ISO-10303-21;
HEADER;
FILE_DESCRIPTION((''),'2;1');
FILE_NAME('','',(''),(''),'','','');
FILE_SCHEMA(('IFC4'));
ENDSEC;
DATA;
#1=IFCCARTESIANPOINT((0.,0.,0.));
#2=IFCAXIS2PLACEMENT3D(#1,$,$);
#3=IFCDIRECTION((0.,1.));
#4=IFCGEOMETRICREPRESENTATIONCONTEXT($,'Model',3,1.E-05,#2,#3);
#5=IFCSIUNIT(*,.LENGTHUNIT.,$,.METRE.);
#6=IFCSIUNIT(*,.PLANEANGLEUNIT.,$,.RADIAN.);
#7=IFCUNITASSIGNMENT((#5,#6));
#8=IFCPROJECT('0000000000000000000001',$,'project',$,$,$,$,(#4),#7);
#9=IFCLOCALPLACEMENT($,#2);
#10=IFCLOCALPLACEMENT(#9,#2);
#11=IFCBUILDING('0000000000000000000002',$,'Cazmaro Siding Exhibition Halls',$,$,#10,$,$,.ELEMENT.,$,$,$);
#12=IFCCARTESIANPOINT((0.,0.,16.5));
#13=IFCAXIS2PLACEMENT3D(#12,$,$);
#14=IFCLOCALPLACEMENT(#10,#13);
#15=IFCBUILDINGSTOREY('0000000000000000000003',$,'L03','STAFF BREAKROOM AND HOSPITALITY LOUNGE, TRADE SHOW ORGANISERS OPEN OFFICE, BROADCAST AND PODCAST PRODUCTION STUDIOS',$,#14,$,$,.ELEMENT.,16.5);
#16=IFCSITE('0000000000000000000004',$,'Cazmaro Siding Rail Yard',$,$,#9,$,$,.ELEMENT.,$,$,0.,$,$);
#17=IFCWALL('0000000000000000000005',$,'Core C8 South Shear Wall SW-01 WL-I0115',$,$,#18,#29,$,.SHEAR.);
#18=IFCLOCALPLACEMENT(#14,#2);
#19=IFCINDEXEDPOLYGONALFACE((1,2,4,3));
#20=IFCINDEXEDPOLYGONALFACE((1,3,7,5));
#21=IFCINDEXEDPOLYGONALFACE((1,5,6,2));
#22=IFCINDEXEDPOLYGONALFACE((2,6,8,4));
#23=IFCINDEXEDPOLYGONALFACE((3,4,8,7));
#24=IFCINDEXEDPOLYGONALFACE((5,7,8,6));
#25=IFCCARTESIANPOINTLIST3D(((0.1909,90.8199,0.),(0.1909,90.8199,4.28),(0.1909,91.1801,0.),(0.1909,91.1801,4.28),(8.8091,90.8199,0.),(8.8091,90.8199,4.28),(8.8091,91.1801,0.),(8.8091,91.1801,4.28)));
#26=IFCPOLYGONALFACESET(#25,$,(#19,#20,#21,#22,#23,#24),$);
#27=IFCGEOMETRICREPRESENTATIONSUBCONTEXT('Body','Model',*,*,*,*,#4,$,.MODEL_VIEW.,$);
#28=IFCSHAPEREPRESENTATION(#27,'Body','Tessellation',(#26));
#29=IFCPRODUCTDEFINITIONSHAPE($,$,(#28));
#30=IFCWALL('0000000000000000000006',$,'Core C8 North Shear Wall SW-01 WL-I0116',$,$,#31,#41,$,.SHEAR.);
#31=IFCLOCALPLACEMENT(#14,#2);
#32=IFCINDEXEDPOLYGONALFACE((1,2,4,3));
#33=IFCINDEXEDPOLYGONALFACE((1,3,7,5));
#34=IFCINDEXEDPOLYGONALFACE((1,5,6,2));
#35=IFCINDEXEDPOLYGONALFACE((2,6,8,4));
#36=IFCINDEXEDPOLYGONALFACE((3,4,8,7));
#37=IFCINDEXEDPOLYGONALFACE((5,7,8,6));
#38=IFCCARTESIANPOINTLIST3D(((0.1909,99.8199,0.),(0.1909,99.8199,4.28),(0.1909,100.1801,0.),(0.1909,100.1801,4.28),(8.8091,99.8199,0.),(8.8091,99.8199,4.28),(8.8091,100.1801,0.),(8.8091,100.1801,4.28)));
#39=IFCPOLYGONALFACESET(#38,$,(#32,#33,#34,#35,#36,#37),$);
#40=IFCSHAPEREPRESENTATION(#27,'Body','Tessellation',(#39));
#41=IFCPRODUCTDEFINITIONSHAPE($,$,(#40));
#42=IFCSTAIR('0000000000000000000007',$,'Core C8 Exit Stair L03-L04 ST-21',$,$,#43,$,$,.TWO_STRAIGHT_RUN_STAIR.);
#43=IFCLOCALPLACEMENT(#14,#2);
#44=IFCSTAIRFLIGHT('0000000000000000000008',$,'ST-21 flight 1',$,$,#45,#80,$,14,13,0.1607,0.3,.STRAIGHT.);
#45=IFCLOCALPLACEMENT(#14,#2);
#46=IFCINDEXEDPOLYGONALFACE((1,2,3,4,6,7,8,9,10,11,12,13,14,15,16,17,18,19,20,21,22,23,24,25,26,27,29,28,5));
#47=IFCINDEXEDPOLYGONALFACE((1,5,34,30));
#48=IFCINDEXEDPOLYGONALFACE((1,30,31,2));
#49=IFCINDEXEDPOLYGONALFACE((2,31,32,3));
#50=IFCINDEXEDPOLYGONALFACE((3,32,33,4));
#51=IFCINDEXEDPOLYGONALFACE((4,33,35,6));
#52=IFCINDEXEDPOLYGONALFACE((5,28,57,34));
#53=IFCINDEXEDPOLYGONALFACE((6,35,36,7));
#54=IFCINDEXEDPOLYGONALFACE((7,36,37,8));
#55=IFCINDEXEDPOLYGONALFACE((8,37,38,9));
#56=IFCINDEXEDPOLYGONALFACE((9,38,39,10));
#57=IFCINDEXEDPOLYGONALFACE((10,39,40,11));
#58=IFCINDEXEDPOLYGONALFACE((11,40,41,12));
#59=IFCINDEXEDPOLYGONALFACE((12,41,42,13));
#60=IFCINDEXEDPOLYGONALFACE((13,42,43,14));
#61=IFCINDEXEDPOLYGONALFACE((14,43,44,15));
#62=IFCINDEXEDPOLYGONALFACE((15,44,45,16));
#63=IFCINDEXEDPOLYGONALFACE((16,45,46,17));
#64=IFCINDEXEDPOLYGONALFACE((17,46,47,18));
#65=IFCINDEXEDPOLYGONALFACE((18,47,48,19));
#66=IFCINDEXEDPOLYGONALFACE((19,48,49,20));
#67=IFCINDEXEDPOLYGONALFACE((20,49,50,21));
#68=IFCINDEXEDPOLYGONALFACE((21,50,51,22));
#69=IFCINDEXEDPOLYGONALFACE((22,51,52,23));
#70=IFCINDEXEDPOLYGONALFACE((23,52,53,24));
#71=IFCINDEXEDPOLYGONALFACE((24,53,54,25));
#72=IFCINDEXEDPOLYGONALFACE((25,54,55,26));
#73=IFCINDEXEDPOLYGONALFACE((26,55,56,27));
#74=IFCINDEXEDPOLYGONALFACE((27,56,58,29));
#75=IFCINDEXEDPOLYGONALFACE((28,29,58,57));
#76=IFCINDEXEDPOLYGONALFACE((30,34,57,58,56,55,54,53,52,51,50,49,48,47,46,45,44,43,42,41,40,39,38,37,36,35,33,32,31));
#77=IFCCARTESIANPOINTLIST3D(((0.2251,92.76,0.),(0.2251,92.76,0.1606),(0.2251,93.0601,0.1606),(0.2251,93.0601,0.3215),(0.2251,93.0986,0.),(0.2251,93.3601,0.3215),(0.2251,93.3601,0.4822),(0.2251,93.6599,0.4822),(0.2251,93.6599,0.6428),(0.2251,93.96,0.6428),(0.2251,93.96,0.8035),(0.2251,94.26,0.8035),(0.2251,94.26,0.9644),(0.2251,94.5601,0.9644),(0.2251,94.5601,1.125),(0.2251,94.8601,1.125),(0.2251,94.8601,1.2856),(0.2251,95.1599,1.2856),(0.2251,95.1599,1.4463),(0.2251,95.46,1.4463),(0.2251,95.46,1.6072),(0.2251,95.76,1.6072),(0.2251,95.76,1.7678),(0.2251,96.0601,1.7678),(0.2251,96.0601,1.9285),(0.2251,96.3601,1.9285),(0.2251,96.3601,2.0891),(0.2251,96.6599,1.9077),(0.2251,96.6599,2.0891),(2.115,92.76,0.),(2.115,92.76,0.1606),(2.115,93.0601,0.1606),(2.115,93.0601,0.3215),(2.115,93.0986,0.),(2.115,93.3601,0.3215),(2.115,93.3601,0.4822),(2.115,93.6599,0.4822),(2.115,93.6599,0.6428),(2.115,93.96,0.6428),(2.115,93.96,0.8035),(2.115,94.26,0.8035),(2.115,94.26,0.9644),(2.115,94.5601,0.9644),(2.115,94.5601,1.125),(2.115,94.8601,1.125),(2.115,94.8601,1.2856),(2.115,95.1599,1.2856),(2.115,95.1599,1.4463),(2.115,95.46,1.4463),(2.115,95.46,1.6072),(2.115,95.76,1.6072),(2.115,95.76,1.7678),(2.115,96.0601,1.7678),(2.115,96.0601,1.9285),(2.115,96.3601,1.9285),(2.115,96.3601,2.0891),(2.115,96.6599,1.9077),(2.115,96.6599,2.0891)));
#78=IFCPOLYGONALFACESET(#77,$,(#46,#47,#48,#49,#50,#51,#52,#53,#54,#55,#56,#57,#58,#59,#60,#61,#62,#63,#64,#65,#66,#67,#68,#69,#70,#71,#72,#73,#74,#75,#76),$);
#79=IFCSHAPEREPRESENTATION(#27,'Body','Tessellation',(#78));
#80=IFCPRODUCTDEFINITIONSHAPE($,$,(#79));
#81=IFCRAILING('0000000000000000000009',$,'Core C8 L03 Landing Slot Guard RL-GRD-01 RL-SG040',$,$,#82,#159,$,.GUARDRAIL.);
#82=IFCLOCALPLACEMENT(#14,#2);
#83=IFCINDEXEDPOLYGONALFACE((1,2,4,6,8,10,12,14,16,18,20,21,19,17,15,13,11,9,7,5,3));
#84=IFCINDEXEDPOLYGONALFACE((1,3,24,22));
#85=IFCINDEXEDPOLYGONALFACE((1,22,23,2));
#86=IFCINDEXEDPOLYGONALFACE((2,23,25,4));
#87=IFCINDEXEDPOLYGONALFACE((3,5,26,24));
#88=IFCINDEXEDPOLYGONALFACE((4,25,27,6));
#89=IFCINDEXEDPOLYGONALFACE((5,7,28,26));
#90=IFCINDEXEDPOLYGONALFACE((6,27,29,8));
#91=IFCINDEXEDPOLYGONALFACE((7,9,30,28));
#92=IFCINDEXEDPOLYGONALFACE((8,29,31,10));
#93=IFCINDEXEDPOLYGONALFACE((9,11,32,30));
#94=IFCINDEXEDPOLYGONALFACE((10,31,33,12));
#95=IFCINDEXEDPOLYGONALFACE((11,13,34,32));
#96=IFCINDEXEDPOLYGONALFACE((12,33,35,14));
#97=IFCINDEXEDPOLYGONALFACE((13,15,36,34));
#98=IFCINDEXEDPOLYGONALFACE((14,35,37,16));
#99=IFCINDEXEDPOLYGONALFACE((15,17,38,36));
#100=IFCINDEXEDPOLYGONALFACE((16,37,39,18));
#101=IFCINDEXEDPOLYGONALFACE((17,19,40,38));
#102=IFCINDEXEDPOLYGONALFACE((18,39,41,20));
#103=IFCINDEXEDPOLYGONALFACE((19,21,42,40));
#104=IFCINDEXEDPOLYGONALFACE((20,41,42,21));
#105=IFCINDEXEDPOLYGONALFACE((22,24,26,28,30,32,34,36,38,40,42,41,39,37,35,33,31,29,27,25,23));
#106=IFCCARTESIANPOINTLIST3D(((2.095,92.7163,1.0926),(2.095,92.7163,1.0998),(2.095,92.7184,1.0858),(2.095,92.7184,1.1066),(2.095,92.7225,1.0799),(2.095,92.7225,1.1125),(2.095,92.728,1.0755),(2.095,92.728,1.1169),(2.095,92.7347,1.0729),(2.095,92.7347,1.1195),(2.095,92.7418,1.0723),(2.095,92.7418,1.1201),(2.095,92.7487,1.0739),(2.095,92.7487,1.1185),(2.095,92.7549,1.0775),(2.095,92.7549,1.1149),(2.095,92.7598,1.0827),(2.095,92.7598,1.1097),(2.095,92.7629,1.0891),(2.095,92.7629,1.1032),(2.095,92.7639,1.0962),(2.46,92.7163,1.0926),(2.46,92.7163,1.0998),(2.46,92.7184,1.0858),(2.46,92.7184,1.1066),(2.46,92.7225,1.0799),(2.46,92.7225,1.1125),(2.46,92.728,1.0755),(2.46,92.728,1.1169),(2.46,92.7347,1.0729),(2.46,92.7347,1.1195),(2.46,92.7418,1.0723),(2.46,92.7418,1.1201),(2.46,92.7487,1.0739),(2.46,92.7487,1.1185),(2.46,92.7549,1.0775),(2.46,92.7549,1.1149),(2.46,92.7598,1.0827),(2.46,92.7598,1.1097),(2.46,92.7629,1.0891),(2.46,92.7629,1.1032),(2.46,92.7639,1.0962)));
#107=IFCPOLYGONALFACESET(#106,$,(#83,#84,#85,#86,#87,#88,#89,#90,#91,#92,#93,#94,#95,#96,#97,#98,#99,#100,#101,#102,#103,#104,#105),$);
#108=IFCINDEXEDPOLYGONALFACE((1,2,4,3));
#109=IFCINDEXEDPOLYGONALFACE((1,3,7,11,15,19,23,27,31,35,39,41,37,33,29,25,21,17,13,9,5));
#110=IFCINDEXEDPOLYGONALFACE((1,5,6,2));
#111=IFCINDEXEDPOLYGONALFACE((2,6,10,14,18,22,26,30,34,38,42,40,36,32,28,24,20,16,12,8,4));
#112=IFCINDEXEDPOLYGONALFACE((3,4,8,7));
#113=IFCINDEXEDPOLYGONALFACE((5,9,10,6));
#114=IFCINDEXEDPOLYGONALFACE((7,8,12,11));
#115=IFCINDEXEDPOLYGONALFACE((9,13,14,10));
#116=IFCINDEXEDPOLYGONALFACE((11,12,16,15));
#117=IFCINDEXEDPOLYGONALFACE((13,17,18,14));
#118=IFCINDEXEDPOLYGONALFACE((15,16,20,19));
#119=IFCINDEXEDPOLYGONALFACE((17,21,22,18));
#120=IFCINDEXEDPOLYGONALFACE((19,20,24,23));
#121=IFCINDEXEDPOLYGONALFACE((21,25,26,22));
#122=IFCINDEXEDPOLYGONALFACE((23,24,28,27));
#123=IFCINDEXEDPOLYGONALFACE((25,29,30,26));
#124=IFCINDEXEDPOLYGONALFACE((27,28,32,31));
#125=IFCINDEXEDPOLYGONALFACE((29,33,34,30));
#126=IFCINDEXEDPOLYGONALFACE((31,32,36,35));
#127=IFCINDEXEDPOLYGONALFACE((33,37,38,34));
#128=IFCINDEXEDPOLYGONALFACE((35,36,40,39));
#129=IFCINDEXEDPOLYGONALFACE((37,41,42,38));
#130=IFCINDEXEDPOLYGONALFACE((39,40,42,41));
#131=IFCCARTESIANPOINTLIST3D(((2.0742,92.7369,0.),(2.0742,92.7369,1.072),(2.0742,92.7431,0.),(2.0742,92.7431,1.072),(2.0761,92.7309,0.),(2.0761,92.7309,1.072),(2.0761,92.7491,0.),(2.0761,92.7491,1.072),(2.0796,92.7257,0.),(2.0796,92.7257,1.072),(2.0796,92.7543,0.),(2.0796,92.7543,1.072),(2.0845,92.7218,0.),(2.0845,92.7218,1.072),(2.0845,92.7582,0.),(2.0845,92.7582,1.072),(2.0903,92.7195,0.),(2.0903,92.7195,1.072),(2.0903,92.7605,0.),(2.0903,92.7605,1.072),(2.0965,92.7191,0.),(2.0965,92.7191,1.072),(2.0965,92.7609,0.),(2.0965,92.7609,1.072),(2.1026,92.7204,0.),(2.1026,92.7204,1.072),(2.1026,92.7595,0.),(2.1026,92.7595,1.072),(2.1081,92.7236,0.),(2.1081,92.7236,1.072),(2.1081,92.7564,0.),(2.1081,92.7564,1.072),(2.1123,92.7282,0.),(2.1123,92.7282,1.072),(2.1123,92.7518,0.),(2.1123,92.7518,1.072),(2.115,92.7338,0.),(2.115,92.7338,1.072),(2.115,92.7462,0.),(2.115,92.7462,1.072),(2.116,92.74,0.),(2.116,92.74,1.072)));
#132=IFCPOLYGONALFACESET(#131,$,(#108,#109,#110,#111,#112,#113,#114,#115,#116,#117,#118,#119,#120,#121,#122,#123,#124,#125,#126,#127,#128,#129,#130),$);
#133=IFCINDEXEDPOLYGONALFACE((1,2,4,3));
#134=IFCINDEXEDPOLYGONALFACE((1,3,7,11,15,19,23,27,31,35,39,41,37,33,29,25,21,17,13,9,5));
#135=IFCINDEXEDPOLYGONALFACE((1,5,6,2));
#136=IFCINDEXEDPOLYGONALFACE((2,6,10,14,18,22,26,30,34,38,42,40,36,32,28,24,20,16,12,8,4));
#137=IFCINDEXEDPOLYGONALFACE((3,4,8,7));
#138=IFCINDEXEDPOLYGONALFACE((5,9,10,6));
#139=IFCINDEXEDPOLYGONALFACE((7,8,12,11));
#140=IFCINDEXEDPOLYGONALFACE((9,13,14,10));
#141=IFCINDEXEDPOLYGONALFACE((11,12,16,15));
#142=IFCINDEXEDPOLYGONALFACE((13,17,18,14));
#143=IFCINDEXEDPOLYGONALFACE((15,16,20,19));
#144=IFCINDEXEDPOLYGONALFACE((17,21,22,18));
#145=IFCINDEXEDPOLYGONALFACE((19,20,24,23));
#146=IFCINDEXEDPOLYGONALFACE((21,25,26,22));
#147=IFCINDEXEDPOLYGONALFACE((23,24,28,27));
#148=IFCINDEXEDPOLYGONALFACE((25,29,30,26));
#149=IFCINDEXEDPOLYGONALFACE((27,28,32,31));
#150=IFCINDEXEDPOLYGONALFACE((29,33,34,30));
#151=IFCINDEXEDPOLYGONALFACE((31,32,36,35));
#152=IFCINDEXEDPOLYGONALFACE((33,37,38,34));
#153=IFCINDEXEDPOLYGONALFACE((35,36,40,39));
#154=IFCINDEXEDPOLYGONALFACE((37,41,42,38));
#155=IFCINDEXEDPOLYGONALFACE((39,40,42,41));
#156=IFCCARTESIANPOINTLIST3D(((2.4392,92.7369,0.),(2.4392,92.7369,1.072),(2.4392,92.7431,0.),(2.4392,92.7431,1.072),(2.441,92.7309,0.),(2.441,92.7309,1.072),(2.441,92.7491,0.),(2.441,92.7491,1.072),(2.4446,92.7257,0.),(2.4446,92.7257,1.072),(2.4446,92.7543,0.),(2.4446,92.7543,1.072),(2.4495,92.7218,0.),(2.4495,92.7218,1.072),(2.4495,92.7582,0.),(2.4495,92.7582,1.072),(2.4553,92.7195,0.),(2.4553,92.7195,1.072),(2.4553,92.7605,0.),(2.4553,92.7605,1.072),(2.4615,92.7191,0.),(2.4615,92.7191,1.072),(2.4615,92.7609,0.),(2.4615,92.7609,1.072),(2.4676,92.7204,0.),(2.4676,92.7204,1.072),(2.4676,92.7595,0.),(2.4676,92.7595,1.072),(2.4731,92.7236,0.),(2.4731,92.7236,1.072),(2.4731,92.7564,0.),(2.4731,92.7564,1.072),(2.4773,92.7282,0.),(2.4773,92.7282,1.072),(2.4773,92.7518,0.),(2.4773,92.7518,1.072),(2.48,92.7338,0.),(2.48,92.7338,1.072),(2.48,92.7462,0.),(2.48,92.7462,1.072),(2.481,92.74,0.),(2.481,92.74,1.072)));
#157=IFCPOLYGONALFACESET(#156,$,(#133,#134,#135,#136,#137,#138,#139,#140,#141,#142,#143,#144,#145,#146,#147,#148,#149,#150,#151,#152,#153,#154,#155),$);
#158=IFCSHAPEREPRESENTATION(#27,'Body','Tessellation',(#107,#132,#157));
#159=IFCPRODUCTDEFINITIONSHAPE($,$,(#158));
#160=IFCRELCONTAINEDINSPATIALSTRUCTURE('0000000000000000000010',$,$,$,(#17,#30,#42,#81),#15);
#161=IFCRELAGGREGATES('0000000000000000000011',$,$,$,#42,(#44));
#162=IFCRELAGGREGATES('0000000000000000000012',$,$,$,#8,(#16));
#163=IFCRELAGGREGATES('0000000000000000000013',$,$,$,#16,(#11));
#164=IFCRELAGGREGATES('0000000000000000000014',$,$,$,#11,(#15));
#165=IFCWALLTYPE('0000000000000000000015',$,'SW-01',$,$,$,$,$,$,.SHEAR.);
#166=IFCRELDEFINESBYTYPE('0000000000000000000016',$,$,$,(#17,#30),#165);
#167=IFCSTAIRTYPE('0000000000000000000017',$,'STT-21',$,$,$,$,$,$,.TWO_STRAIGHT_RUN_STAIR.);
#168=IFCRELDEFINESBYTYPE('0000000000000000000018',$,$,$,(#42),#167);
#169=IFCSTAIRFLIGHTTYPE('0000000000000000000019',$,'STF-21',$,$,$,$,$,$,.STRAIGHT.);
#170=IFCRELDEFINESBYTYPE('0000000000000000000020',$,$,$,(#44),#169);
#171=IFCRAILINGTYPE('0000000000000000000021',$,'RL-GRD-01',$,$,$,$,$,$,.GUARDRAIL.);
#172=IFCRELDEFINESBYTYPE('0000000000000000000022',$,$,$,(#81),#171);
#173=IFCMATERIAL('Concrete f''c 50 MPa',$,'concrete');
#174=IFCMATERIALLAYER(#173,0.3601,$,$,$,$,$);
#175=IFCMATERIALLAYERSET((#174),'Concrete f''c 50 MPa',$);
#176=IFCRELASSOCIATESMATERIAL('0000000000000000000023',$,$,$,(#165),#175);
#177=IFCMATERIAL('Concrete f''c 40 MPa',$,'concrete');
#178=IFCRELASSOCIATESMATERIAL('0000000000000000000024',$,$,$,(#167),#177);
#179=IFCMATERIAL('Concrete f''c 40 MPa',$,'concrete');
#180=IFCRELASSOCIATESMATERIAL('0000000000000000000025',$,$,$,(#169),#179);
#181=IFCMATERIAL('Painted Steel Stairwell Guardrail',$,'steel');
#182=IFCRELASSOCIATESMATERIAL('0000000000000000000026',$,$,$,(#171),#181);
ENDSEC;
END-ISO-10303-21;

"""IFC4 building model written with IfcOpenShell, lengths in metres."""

from ifc_helpers import new_model, si_unit, direction, frame, frame_2d, origin, origin_2d, place, context, subcontext, project, spatial, polyline, rectangle, circle, outline, extrude, material, layer, layer_set, type_object, element, aggregate, save


model = new_model("IFC4")

# Units and contexts
model_context = context("Model", 3, precision=1e-05, world=origin(), true_north=direction((0.0, 1.0)))
body_context = subcontext(model_context, "Body", "Model", "MODEL_VIEW")
ifc_project = project(units=[si_unit("LENGTHUNIT", "METRE"), si_unit("PLANEANGLEUNIT", "RADIAN")], contexts=[model_context])

# Site, building, storey
site_placement = place(None, origin())
site = spatial("IfcSite", under=ifc_project, at=site_placement, Name="Cazmaro Siding Rail Yard", CompositionType="ELEMENT", RefElevation=0.0)
building_placement = place(site_placement, origin())
building = spatial("IfcBuilding", under=site, at=building_placement, Name="Cazmaro Siding Exhibition Halls", CompositionType="ELEMENT")
storey_placement = place(building_placement, frame((0.0, 0.0, 16.5)))
storey = spatial("IfcBuildingStorey", under=building, at=storey_placement, Name="L03", Description="STAFF BREAKROOM AND HOSPITALITY LOUNGE, TRADE SHOW ORGANISERS OPEN OFFICE, BROADCAST AND PODCAST PRODUCTION STUDIOS", CompositionType="ELEMENT", Elevation=16.5)

# Walls
ifc_material_1 = material(Name="Concrete f'c 50 MPa", Category="concrete")
ifc_layer_1 = layer(ifc_material_1, 0.3601)
ifc_layer_set_1 = layer_set([ifc_layer_1], Name="Concrete f'c 50 MPa")
wall_type_1 = type_object("IfcWallType", Name="SW-01", PredefinedType="SHEAR", material=ifc_layer_set_1)
for number, where, z_axis, x_axis, name in (
    (1, (0.1909, 91.0, 0.0), (0.0, 0.0, 1.0), (1.0, 0.0, 0.0), "Core C8 South Shear Wall SW-01 WL-I0115"),
    (2, (0.1909, 100.0, 0.0), (0.0, 0.0, 1.0), (1.0, 0.0, 0.0), "Core C8 North Shear Wall SW-01 WL-I0116"),
):
    element("IfcWall", number, at=place(storey_placement, frame(where, z_axis=z_axis, x_axis=x_axis)), inside=storey, type_object=wall_type_1, Name=name, PredefinedType="SHEAR", context=body_context, shape_type="SweptSolid", body=[
        extrude(rectangle(XDim=8.6182, YDim=0.3601, at=frame_2d((4.3091, 0.0))), origin(), (0.0, 0.0, 1.0), 4.28),
    ])

# Stair, stair flight
ifc_material_2 = material(Name="Concrete f'c 40 MPa", Category="concrete")
stair_type = type_object("IfcStairType", Name="STT-21", PredefinedType="TWO_STRAIGHT_RUN_STAIR", material=ifc_material_2)
stair_placement = place(storey_placement, origin())
stair = element("IfcStair", 3, at=stair_placement, inside=storey, type_object=stair_type, Name="Core C8 Exit Stair L03-L04 ST-21", PredefinedType="TWO_STRAIGHT_RUN_STAIR")
ifc_material_3 = material(Name="Concrete f'c 40 MPa", Category="concrete")
stair_flight_type = type_object("IfcStairFlightType", Name="STF-21", PredefinedType="STRAIGHT", material=ifc_material_3)
stair_flight_placement = place(storey_placement, frame((1.1699, 92.76, 0.0), z_axis=(0.0, 0.0, 1.0), x_axis=(0.0, 1.0, 0.0)))
stair_flight = element("IfcStairFlight", 4, at=stair_flight_placement, type_object=stair_flight_type, Name="ST-21 flight 1", NumberOfRisers=14, NumberOfTreads=13, PredefinedType="STRAIGHT", RiserHeight=0.1607, TreadLength=0.3, context=body_context, shape_type="SweptSolid", body=[
    extrude(outline(polyline([(0.0, 0.0), (0.0, 0.1606), (0.3, 0.1606), (0.3, 0.3215), (0.6001, 0.3215), (0.6001, 0.4822), (0.8999, 0.4822), (0.8999, 0.6428), (1.2, 0.6428), (1.2, 0.8035), (1.5, 0.8035), (1.5, 0.9644), (1.8, 0.9644), (1.8, 1.125), (2.1001, 1.125), (2.1001, 1.2856), (2.3999, 1.2856), (2.3999, 1.4463), (2.7, 1.4463), (2.7, 1.6072), (3.0, 1.6072), (3.0, 1.7678), (3.3, 1.7678), (3.3, 1.9285), (3.6001, 1.9285), (3.6001, 2.0891), (3.8999, 2.0891), (3.8999, 2.25), (3.8999, 1.9077), (0.3386, 0.0), (0.0, 0.0)])), frame((0.0, 0.9448, 0.0), z_axis=(0.0, -1.0, 0.0), x_axis=(1.0, 0.0, 0.0)), (0.0, 0.0, 1.0), 1.8899),
])
aggregate(stair, [stair_flight])

# Railing
ifc_material_4 = material(Name="Painted Steel Stairwell Guardrail", Category="steel")
railing_type_1 = type_object("IfcRailingType", Name="RL-GRD-01", PredefinedType="GUARDRAIL", material=ifc_material_4)
for number, where, name in (
    (5, (2.095, 92.74, 0.0), "Core C8 L03 Landing Slot Guard RL-GRD-01 RL-SG040"),
):
    element("IfcRailing", number, at=place(storey_placement, frame(where)), inside=storey, type_object=railing_type_1, Name=name, PredefinedType="GUARDRAIL", context=body_context, shape_type="SweptSolid", body=[
        extrude(circle(Radius=0.0239, at=origin_2d()), frame((0.0, 0.0, 1.0962), z_axis=(1.0, 0.0, 0.0), x_axis=(0.0, 1.0, 0.0)), (0.0, 0.0, 1.0), 0.365),
        extrude(circle(Radius=0.021, at=origin_2d()), origin(), (0.0, 0.0, 1.0), 1.072),
        extrude(circle(Radius=0.021, at=origin_2d()), frame((0.365, 0.0, 0.0)), (0.0, 0.0, 1.0), 1.072),
    ])

save(model, "model.ifc")
